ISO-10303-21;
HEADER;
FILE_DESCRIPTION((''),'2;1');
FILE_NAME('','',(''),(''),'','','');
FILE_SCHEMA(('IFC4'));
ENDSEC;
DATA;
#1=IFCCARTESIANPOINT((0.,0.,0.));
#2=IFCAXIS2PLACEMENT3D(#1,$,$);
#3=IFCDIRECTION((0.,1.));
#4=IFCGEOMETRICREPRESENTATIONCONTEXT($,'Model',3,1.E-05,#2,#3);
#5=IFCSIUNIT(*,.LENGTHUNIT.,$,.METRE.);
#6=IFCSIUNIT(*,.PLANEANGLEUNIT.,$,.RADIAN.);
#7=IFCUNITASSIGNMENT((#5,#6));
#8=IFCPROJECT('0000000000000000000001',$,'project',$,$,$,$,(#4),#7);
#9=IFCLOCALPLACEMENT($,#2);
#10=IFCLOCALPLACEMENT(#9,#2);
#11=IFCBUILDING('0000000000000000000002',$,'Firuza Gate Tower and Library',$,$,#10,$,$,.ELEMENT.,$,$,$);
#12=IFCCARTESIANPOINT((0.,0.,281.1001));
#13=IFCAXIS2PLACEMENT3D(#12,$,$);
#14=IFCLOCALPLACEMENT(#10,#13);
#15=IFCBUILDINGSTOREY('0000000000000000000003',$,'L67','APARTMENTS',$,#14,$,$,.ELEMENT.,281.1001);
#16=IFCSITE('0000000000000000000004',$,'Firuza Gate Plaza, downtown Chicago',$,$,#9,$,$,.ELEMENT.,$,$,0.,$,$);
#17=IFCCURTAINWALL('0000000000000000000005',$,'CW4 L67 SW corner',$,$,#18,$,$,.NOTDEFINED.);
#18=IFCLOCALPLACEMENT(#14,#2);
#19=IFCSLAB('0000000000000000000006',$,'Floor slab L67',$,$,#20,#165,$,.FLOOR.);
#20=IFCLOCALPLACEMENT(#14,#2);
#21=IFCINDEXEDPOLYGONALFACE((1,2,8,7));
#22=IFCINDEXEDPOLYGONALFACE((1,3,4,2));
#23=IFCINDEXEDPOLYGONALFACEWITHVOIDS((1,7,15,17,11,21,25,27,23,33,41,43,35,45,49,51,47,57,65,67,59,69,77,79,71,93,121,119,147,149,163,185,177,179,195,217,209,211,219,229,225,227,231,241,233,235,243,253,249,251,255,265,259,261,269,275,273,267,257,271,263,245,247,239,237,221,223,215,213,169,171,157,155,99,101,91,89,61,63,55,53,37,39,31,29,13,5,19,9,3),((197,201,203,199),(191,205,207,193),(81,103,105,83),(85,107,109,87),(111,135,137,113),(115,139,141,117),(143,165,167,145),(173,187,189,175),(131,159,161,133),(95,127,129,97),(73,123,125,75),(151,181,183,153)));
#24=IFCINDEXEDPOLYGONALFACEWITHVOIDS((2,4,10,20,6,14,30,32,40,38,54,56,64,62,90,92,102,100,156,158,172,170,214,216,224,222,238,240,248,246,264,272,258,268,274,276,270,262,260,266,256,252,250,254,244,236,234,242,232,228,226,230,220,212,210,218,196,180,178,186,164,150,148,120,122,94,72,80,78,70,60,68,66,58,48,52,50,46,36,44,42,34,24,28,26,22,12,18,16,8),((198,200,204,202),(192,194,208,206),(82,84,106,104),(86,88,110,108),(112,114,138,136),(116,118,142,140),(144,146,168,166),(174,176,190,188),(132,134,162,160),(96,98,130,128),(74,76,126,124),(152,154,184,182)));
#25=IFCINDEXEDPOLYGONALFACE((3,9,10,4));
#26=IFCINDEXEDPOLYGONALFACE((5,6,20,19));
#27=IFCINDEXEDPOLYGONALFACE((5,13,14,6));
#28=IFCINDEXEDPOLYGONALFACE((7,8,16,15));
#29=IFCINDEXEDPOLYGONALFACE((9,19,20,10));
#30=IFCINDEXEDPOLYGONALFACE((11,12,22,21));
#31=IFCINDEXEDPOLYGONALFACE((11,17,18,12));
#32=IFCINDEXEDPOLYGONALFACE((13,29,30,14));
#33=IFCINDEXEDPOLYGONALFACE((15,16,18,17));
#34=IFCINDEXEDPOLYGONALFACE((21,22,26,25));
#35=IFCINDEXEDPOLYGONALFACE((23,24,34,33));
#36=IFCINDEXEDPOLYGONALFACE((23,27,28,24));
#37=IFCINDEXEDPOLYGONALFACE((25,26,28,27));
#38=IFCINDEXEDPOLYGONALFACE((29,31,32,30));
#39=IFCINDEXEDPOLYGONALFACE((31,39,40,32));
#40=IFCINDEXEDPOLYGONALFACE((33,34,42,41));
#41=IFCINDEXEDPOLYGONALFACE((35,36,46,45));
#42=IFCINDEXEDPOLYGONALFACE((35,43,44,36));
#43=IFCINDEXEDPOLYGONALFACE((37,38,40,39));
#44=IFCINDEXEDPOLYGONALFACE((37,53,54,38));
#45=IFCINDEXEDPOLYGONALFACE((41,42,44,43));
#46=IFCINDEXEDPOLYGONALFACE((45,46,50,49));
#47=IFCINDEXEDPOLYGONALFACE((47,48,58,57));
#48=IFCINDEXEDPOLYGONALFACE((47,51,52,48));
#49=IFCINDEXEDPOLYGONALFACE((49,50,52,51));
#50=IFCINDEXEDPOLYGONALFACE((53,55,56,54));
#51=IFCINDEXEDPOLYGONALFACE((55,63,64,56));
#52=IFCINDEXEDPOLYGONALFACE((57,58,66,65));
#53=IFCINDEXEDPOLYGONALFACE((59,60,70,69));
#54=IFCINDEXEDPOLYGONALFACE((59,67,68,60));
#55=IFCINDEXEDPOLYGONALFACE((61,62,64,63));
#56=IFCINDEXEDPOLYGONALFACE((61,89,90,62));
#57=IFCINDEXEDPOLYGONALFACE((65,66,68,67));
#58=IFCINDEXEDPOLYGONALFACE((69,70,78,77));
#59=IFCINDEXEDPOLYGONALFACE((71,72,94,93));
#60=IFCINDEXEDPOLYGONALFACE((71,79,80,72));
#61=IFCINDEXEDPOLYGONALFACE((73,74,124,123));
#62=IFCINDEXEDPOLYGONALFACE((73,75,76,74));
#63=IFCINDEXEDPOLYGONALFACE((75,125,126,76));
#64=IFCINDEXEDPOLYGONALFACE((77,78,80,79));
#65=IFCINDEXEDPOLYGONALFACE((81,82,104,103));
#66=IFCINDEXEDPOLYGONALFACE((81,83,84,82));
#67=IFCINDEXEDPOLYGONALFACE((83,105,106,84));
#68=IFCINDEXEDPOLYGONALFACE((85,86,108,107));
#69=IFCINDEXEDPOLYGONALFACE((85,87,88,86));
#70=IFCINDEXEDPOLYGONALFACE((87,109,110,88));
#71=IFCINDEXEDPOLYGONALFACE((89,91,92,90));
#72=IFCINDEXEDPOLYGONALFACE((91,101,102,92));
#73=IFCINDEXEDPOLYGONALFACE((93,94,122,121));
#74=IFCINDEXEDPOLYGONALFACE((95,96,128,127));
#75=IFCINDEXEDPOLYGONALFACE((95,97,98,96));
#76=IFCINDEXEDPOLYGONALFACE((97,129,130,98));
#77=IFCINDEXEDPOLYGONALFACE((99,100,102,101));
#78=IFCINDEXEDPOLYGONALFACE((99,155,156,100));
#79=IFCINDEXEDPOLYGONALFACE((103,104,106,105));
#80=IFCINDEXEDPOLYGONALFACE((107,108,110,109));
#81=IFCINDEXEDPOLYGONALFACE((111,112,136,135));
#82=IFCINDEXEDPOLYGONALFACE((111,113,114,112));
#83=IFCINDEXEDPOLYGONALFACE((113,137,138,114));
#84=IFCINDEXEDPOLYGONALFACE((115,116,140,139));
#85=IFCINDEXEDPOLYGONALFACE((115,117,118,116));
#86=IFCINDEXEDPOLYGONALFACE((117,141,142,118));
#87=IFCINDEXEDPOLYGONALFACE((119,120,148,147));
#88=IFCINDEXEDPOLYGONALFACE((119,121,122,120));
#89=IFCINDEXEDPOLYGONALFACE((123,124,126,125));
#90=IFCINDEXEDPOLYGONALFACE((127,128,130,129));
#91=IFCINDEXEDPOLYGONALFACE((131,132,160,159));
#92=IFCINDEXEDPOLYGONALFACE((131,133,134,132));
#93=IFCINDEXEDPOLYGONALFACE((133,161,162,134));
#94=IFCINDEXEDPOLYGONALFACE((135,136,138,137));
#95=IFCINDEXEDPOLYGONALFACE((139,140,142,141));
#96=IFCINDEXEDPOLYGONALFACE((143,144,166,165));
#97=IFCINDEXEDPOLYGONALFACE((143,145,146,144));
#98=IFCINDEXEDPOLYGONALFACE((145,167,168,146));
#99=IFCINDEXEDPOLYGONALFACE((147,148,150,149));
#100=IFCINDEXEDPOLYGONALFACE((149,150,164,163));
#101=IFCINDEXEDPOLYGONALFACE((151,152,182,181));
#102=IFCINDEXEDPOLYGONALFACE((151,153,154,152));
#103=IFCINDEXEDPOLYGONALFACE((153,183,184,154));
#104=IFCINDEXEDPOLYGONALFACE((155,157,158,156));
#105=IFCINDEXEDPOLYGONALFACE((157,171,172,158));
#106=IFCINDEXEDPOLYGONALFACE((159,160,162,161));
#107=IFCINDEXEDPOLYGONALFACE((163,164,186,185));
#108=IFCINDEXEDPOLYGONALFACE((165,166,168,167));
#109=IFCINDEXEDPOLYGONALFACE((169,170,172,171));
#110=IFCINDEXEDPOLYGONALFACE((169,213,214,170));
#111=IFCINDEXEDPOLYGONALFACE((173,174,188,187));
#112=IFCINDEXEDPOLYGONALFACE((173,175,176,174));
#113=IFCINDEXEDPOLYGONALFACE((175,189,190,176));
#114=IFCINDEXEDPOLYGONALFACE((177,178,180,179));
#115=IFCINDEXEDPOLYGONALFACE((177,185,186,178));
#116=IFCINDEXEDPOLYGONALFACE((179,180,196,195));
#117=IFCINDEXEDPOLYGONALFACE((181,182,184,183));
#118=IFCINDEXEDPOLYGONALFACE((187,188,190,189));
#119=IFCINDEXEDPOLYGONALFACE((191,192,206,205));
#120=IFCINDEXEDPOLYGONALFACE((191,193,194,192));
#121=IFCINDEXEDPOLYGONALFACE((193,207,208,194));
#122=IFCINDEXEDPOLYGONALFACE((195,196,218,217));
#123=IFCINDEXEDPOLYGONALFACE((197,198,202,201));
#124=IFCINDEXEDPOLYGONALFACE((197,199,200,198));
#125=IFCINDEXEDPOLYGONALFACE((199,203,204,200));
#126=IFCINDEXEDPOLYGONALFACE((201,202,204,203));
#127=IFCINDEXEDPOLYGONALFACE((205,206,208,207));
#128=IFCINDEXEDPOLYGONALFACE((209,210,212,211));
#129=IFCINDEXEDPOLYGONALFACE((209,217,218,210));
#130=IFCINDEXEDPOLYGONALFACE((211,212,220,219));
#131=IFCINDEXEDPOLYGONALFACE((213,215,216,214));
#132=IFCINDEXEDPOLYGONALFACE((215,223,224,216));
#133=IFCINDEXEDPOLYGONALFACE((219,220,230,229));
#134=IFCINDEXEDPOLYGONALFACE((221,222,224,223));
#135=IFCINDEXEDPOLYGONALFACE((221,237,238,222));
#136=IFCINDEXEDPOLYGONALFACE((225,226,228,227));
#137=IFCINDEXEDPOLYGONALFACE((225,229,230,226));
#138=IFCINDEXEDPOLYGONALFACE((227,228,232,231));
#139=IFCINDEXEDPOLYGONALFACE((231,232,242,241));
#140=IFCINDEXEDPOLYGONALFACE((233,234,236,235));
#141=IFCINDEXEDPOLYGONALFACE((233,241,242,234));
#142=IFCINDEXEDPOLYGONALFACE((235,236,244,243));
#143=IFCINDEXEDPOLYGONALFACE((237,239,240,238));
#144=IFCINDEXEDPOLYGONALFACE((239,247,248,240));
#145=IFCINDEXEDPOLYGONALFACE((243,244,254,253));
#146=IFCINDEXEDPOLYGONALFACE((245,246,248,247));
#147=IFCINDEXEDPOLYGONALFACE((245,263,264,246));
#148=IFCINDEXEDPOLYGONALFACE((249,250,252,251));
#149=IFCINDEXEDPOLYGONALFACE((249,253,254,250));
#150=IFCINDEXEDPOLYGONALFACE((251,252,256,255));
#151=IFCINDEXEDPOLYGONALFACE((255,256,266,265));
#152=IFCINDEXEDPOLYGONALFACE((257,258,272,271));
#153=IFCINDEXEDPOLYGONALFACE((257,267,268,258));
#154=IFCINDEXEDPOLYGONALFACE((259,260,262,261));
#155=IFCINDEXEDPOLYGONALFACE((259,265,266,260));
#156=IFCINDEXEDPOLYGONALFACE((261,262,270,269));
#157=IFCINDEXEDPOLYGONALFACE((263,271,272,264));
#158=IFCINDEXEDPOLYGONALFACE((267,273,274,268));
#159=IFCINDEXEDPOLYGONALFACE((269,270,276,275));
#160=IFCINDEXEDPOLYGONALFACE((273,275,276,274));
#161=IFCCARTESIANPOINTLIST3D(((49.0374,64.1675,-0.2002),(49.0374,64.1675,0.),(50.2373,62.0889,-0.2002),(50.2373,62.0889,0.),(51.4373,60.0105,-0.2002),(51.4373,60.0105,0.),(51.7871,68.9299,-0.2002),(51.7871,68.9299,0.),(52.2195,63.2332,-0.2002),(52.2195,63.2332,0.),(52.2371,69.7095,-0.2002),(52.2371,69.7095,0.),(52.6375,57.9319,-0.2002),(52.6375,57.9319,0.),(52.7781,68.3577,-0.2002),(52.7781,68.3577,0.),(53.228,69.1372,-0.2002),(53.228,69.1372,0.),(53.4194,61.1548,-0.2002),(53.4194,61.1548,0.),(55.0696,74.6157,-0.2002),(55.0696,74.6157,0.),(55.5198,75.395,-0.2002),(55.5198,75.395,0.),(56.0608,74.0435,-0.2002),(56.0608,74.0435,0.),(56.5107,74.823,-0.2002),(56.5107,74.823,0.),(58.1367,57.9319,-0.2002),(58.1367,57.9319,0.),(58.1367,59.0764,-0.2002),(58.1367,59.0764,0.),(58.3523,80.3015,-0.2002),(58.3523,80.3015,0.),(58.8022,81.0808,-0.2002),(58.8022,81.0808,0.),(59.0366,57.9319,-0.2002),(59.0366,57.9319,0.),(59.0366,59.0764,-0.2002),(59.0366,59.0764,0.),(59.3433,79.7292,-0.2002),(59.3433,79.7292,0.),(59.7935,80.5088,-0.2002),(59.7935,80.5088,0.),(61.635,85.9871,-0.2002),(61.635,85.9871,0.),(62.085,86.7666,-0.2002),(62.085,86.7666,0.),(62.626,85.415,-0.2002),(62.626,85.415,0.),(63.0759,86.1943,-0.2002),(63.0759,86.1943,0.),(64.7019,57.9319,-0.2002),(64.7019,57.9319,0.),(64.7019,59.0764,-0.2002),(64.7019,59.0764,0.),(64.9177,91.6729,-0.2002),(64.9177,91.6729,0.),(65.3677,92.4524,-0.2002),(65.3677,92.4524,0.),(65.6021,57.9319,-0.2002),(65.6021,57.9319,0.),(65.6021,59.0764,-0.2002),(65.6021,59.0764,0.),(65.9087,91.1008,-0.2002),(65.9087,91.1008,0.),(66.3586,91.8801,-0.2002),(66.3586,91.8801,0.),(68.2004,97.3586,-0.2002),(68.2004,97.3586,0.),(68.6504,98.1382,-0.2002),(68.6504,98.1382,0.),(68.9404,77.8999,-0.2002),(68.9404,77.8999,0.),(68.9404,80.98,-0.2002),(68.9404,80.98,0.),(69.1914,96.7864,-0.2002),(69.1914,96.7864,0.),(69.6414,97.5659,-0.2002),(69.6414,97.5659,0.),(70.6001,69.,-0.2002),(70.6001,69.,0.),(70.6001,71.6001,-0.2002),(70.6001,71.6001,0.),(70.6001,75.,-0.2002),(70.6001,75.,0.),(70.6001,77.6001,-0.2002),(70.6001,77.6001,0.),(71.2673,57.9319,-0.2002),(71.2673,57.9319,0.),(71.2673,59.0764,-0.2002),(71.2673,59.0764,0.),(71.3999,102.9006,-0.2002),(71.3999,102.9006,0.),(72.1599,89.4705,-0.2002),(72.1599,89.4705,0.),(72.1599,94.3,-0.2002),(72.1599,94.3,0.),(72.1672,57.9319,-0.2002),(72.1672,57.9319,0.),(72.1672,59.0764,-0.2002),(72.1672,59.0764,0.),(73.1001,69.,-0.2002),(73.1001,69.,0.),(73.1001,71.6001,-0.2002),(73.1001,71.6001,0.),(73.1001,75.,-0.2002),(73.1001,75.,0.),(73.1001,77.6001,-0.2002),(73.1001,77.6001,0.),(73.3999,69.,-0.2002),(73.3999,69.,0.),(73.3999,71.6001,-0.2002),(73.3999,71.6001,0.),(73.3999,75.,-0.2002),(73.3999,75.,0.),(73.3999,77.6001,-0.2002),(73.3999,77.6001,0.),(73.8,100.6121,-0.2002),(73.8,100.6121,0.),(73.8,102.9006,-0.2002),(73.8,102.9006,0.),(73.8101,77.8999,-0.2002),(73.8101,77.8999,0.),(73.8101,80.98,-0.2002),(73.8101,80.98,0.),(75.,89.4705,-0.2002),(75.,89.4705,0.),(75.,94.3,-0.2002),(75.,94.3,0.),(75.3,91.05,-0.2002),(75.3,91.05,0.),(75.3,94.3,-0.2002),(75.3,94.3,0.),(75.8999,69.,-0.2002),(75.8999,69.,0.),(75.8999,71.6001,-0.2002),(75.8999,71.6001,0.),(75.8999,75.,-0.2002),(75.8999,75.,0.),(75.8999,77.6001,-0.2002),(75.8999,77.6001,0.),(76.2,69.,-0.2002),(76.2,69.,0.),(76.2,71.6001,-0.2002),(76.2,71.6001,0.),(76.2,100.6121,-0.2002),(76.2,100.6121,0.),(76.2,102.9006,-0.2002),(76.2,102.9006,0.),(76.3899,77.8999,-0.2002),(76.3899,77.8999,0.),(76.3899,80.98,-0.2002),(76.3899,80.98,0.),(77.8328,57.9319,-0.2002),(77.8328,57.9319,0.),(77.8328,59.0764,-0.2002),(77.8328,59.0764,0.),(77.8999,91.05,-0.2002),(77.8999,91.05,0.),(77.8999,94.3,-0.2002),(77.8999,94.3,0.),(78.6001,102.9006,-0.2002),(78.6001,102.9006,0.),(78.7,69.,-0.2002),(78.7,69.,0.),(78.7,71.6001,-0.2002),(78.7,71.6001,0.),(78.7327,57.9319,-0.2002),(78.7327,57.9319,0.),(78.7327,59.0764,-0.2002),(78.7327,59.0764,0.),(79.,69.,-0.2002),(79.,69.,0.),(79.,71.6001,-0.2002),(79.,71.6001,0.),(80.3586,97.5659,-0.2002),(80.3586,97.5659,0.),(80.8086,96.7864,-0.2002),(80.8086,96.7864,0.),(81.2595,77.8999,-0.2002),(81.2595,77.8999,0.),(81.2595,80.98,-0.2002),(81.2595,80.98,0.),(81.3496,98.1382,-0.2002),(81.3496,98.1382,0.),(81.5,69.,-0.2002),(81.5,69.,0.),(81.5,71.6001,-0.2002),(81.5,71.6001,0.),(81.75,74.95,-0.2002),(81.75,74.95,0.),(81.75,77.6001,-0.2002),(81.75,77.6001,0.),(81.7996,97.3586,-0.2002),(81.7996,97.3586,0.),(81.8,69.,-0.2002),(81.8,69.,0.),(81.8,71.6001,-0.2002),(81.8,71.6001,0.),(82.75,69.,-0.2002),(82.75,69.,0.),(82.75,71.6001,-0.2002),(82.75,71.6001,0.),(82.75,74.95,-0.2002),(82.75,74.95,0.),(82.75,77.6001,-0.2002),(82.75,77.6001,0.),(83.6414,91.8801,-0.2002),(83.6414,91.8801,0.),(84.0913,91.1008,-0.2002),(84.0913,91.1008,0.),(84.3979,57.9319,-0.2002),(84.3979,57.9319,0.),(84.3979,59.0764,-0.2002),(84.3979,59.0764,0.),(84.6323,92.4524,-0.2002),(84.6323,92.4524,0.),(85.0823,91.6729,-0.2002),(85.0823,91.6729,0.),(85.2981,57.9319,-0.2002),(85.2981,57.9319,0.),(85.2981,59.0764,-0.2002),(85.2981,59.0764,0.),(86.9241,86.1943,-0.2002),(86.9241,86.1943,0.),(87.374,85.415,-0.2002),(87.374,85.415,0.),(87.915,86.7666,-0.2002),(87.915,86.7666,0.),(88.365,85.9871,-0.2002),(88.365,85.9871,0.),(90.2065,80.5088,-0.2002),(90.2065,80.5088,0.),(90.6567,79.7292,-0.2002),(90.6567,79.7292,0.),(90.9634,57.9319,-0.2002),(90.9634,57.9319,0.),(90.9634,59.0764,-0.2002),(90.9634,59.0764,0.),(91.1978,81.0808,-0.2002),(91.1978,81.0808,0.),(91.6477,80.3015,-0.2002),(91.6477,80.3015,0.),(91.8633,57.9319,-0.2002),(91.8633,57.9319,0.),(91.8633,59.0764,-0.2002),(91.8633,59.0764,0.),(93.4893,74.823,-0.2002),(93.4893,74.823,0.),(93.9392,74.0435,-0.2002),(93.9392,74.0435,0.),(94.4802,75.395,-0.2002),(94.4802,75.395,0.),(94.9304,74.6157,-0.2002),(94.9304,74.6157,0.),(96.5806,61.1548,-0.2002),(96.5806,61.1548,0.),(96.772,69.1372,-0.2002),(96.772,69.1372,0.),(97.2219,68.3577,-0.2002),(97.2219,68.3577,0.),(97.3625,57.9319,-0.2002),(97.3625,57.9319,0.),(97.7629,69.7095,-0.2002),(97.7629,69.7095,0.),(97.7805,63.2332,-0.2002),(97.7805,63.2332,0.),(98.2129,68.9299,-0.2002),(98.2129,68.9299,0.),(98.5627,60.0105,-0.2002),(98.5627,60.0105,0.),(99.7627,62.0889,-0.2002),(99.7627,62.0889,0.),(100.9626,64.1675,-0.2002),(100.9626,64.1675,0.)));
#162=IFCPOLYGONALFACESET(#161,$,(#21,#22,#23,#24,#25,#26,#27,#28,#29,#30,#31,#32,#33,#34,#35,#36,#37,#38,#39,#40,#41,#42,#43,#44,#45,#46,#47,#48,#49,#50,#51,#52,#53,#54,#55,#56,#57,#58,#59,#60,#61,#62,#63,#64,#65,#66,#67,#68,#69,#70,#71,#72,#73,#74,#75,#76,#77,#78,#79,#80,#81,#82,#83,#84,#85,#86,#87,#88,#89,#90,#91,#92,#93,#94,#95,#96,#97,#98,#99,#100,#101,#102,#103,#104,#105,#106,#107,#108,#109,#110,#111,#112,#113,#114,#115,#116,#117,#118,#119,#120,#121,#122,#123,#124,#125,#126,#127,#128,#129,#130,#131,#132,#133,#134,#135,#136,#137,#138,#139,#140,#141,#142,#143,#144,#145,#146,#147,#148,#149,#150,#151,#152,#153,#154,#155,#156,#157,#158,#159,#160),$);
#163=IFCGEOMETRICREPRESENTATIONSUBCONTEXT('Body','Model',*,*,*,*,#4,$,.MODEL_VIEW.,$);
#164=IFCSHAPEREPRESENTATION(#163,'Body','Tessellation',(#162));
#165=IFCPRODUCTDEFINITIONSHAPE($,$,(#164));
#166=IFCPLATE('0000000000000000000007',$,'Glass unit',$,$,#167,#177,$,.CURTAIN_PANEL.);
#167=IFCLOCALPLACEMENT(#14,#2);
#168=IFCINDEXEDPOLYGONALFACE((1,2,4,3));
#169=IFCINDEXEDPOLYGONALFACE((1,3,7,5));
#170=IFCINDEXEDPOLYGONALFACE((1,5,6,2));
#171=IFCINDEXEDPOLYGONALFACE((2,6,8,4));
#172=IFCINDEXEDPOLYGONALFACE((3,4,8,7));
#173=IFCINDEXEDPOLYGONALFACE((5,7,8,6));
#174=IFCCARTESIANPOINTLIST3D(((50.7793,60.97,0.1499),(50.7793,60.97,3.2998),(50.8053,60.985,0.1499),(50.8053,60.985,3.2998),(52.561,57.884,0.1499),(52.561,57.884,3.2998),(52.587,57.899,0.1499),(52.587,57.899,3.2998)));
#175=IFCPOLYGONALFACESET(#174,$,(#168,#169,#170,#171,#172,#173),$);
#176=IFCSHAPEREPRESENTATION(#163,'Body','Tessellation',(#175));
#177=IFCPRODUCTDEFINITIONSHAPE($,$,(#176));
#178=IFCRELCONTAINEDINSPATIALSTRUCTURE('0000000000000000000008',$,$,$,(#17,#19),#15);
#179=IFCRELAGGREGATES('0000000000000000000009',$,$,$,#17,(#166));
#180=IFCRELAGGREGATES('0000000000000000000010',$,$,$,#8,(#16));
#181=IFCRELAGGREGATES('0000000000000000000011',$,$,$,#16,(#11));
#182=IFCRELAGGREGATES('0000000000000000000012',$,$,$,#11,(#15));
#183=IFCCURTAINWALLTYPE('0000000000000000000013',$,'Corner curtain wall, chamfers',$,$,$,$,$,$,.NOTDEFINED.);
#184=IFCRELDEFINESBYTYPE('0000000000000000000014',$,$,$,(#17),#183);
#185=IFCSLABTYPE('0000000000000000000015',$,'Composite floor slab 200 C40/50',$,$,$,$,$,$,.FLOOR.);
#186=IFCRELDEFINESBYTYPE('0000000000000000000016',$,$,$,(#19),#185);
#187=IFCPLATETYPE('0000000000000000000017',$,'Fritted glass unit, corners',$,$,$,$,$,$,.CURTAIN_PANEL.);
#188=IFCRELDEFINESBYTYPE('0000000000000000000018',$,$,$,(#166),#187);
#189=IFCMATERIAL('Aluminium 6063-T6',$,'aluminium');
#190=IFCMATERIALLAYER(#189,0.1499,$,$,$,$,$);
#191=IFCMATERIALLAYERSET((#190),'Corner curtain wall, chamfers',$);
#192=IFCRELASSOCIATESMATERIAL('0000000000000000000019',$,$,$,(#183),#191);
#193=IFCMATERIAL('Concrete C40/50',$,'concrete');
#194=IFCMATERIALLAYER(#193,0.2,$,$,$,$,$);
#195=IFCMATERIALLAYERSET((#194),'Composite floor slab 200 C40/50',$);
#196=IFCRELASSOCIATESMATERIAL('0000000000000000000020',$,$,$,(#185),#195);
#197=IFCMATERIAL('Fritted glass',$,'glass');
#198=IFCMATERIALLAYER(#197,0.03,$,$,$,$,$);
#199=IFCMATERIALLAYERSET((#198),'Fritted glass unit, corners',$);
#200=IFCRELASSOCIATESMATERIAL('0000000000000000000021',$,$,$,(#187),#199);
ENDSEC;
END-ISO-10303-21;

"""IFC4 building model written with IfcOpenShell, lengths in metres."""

from ifc_helpers import new_model, si_unit, direction, frame, origin, place, context, subcontext, project, spatial, polyline, outline, extrude, material, layer, layer_set, type_object, element, aggregate, save


model = new_model("IFC4")

# Units and contexts
model_context = context("Model", 3, precision=1e-05, world=origin(), true_north=direction((0.0, 1.0)))
body_context = subcontext(model_context, "Body", "Model", "MODEL_VIEW")
ifc_project = project(units=[si_unit("LENGTHUNIT", "METRE"), si_unit("PLANEANGLEUNIT", "RADIAN")], contexts=[model_context])

# Site, building, storey
site_placement = place(None, origin())
site = spatial("IfcSite", under=ifc_project, at=site_placement, Name="Firuza Gate Plaza, downtown Chicago", CompositionType="ELEMENT", RefElevation=0.0)
building_placement = place(site_placement, origin())
building = spatial("IfcBuilding", under=site, at=building_placement, Name="Firuza Gate Tower and Library", CompositionType="ELEMENT")
storey_placement = place(building_placement, frame((0.0, 0.0, 281.1001)))
storey = spatial("IfcBuildingStorey", under=building, at=storey_placement, Name="L67", Description="APARTMENTS", CompositionType="ELEMENT", Elevation=281.1001)

# Curtain wall
placement_1 = place(storey_placement, origin())
ifc_material_1 = material(Name="Aluminium 6063-T6", Category="aluminium")
ifc_layer_1 = layer(ifc_material_1, 0.1499)
ifc_layer_set_1 = layer_set([ifc_layer_1], Name="Corner curtain wall, chamfers")
curtain_wall_type_1 = type_object("IfcCurtainWallType", Name="Corner curtain wall, chamfers", PredefinedType="NOTDEFINED", material=ifc_layer_set_1)
curtain_wall_1 = element("IfcCurtainWall", 1, at=placement_1, inside=storey, type_object=curtain_wall_type_1, Name="CW4 L67 SW corner", PredefinedType="NOTDEFINED")

# Slab
ifc_material_2 = material(Name="Concrete C40/50", Category="concrete")
ifc_layer_2 = layer(ifc_material_2, 0.2)
ifc_layer_set_2 = layer_set([ifc_layer_2], Name="Composite floor slab 200 C40/50")
slab_type_1 = type_object("IfcSlabType", Name="Composite floor slab 200 C40/50", PredefinedType="FLOOR", material=ifc_layer_set_2)
placement_2 = place(storey_placement, frame((0.0, 0.0, -0.2002)))
element("IfcSlab", 2, at=placement_2, inside=storey, type_object=slab_type_1, Name="Floor slab L67", PredefinedType="FLOOR", context=body_context, shape_type="SweptSolid", body=[
    extrude(outline(polyline([(52.6375, 57.9319), (58.1367, 57.9319), (58.1367, 59.0764), (59.0366, 59.0764), (59.0366, 57.9319), (64.7019, 57.9319), (64.7019, 59.0764), (65.6021, 59.0764), (65.6021, 57.9319), (71.2673, 57.9319), (71.2673, 59.0764), (72.1672, 59.0764), (72.1672, 57.9319), (77.8328, 57.9319), (77.8328, 59.0764), (78.7327, 59.0764), (78.7327, 57.9319), (84.3979, 57.9319), (84.3979, 59.0764), (85.2981, 59.0764), (85.2981, 57.9319), (90.9634, 57.9319), (90.9634, 59.0764), (91.8633, 59.0764), (91.8633, 57.9319), (97.3625, 57.9319), (98.5627, 60.0105), (96.5806, 61.1548), (97.7805, 63.2332), (99.7627, 62.0889), (100.9626, 64.1675), (98.2129, 68.9299), (97.2219, 68.3577), (96.772, 69.1372), (97.7629, 69.7095), (94.9304, 74.6157), (93.9392, 74.0435), (93.4893, 74.823), (94.4802, 75.395), (91.6477, 80.3015), (90.6567, 79.7292), (90.2065, 80.5088), (91.1978, 81.0808), (88.365, 85.9871), (87.374, 85.415), (86.9241, 86.1943), (87.915, 86.7666), (85.0823, 91.6729), (84.0913, 91.1008), (83.6414, 91.8801), (84.6323, 92.4524), (81.7996, 97.3586), (80.8086, 96.7864), (80.3586, 97.5659), (81.3496, 98.1382), (78.6001, 102.9006), (76.2, 102.9006), (76.2, 100.6121), (73.8, 100.6121), (73.8, 102.9006), (71.3999, 102.9006), (68.6504, 98.1382), (69.6414, 97.5659), (69.1914, 96.7864), (68.2004, 97.3586), (65.3677, 92.4524), (66.3586, 91.8801), (65.9087, 91.1008), (64.9177, 91.6729), (62.085, 86.7666), (63.0759, 86.1943), (62.626, 85.415), (61.635, 85.9871), (58.8022, 81.0808), (59.7935, 80.5088), (59.3433, 79.7292), (58.3523, 80.3015), (55.5198, 75.395), (56.5107, 74.823), (56.0608, 74.0435), (55.0696, 74.6157), (52.2371, 69.7095), (53.228, 69.1372), (52.7781, 68.3577), (51.7871, 68.9299), (49.0374, 64.1675), (50.2373, 62.0889), (52.2195, 63.2332), (53.4194, 61.1548), (51.4373, 60.0105), (52.6375, 57.9319)]), holes=[polyline([(73.1001, 69.0), (70.6001, 69.0), (70.6001, 71.6001), (73.1001, 71.6001), (73.1001, 69.0)]), polyline([(75.8999, 69.0), (73.3999, 69.0), (73.3999, 71.6001), (75.8999, 71.6001), (75.8999, 69.0)]), polyline([(73.1001, 75.0), (70.6001, 75.0), (70.6001, 77.6001), (73.1001, 77.6001), (73.1001, 75.0)]), polyline([(75.8999, 75.0), (73.3999, 75.0), (73.3999, 77.6001), (75.8999, 77.6001), (75.8999, 75.0)]), polyline([(68.9404, 77.8999), (68.9404, 80.98), (73.8101, 80.98), (73.8101, 77.8999), (68.9404, 77.8999)]), polyline([(72.1599, 89.4705), (72.1599, 94.3), (75.0, 94.3), (75.0, 89.4705), (72.1599, 89.4705)]), polyline([(78.7, 69.0), (76.2, 69.0), (76.2, 71.6001), (78.7, 71.6001), (78.7, 69.0)]), polyline([(81.5, 69.0), (79.0, 69.0), (79.0, 71.6001), (81.5, 71.6001), (81.5, 69.0)]), polyline([(82.75, 69.0), (81.8, 69.0), (81.8, 71.6001), (82.75, 71.6001), (82.75, 69.0)]), polyline([(82.75, 74.95), (81.75, 74.95), (81.75, 77.6001), (82.75, 77.6001), (82.75, 74.95)]), polyline([(81.2595, 80.98), (81.2595, 77.8999), (76.3899, 77.8999), (76.3899, 80.98), (81.2595, 80.98)]), polyline([(75.3, 91.05), (75.3, 94.3), (77.8999, 94.3), (77.8999, 91.05), (75.3, 91.05)])]), origin(), (0.0, 0.0, 1.0), 0.2002),
])

# Plate
ifc_material_3 = material(Name="Fritted glass", Category="glass")
ifc_layer_3 = layer(ifc_material_3, 0.03)
ifc_layer_set_3 = layer_set([ifc_layer_3], Name="Fritted glass unit, corners")
plate_type_1 = type_object("IfcPlateType", Name="Fritted glass unit, corners", PredefinedType="CURTAIN_PANEL", material=ifc_layer_set_3)
plate_1_placement = place(storey_placement, frame((50.7793, 60.97, 0.1499), z_axis=(-0.866017, -0.500015, 0.0), x_axis=(0.500015, -0.866017, 0.0)))
plate_1 = element("IfcPlate", 3, at=plate_1_placement, type_object=plate_type_1, Name="Glass unit", PredefinedType="CURTAIN_PANEL", context=body_context, shape_type="SweptSolid", body=[
    extrude(outline(polyline([(0.0, 0.0), (3.5634, 0.0), (3.5634, 3.1499), (0.0, 3.1499), (0.0, 0.0)])), origin(), (0.0, 0.0, -1.0), 0.03),
])
aggregate(curtain_wall_1, [plate_1])

save(model, "model.ifc")
